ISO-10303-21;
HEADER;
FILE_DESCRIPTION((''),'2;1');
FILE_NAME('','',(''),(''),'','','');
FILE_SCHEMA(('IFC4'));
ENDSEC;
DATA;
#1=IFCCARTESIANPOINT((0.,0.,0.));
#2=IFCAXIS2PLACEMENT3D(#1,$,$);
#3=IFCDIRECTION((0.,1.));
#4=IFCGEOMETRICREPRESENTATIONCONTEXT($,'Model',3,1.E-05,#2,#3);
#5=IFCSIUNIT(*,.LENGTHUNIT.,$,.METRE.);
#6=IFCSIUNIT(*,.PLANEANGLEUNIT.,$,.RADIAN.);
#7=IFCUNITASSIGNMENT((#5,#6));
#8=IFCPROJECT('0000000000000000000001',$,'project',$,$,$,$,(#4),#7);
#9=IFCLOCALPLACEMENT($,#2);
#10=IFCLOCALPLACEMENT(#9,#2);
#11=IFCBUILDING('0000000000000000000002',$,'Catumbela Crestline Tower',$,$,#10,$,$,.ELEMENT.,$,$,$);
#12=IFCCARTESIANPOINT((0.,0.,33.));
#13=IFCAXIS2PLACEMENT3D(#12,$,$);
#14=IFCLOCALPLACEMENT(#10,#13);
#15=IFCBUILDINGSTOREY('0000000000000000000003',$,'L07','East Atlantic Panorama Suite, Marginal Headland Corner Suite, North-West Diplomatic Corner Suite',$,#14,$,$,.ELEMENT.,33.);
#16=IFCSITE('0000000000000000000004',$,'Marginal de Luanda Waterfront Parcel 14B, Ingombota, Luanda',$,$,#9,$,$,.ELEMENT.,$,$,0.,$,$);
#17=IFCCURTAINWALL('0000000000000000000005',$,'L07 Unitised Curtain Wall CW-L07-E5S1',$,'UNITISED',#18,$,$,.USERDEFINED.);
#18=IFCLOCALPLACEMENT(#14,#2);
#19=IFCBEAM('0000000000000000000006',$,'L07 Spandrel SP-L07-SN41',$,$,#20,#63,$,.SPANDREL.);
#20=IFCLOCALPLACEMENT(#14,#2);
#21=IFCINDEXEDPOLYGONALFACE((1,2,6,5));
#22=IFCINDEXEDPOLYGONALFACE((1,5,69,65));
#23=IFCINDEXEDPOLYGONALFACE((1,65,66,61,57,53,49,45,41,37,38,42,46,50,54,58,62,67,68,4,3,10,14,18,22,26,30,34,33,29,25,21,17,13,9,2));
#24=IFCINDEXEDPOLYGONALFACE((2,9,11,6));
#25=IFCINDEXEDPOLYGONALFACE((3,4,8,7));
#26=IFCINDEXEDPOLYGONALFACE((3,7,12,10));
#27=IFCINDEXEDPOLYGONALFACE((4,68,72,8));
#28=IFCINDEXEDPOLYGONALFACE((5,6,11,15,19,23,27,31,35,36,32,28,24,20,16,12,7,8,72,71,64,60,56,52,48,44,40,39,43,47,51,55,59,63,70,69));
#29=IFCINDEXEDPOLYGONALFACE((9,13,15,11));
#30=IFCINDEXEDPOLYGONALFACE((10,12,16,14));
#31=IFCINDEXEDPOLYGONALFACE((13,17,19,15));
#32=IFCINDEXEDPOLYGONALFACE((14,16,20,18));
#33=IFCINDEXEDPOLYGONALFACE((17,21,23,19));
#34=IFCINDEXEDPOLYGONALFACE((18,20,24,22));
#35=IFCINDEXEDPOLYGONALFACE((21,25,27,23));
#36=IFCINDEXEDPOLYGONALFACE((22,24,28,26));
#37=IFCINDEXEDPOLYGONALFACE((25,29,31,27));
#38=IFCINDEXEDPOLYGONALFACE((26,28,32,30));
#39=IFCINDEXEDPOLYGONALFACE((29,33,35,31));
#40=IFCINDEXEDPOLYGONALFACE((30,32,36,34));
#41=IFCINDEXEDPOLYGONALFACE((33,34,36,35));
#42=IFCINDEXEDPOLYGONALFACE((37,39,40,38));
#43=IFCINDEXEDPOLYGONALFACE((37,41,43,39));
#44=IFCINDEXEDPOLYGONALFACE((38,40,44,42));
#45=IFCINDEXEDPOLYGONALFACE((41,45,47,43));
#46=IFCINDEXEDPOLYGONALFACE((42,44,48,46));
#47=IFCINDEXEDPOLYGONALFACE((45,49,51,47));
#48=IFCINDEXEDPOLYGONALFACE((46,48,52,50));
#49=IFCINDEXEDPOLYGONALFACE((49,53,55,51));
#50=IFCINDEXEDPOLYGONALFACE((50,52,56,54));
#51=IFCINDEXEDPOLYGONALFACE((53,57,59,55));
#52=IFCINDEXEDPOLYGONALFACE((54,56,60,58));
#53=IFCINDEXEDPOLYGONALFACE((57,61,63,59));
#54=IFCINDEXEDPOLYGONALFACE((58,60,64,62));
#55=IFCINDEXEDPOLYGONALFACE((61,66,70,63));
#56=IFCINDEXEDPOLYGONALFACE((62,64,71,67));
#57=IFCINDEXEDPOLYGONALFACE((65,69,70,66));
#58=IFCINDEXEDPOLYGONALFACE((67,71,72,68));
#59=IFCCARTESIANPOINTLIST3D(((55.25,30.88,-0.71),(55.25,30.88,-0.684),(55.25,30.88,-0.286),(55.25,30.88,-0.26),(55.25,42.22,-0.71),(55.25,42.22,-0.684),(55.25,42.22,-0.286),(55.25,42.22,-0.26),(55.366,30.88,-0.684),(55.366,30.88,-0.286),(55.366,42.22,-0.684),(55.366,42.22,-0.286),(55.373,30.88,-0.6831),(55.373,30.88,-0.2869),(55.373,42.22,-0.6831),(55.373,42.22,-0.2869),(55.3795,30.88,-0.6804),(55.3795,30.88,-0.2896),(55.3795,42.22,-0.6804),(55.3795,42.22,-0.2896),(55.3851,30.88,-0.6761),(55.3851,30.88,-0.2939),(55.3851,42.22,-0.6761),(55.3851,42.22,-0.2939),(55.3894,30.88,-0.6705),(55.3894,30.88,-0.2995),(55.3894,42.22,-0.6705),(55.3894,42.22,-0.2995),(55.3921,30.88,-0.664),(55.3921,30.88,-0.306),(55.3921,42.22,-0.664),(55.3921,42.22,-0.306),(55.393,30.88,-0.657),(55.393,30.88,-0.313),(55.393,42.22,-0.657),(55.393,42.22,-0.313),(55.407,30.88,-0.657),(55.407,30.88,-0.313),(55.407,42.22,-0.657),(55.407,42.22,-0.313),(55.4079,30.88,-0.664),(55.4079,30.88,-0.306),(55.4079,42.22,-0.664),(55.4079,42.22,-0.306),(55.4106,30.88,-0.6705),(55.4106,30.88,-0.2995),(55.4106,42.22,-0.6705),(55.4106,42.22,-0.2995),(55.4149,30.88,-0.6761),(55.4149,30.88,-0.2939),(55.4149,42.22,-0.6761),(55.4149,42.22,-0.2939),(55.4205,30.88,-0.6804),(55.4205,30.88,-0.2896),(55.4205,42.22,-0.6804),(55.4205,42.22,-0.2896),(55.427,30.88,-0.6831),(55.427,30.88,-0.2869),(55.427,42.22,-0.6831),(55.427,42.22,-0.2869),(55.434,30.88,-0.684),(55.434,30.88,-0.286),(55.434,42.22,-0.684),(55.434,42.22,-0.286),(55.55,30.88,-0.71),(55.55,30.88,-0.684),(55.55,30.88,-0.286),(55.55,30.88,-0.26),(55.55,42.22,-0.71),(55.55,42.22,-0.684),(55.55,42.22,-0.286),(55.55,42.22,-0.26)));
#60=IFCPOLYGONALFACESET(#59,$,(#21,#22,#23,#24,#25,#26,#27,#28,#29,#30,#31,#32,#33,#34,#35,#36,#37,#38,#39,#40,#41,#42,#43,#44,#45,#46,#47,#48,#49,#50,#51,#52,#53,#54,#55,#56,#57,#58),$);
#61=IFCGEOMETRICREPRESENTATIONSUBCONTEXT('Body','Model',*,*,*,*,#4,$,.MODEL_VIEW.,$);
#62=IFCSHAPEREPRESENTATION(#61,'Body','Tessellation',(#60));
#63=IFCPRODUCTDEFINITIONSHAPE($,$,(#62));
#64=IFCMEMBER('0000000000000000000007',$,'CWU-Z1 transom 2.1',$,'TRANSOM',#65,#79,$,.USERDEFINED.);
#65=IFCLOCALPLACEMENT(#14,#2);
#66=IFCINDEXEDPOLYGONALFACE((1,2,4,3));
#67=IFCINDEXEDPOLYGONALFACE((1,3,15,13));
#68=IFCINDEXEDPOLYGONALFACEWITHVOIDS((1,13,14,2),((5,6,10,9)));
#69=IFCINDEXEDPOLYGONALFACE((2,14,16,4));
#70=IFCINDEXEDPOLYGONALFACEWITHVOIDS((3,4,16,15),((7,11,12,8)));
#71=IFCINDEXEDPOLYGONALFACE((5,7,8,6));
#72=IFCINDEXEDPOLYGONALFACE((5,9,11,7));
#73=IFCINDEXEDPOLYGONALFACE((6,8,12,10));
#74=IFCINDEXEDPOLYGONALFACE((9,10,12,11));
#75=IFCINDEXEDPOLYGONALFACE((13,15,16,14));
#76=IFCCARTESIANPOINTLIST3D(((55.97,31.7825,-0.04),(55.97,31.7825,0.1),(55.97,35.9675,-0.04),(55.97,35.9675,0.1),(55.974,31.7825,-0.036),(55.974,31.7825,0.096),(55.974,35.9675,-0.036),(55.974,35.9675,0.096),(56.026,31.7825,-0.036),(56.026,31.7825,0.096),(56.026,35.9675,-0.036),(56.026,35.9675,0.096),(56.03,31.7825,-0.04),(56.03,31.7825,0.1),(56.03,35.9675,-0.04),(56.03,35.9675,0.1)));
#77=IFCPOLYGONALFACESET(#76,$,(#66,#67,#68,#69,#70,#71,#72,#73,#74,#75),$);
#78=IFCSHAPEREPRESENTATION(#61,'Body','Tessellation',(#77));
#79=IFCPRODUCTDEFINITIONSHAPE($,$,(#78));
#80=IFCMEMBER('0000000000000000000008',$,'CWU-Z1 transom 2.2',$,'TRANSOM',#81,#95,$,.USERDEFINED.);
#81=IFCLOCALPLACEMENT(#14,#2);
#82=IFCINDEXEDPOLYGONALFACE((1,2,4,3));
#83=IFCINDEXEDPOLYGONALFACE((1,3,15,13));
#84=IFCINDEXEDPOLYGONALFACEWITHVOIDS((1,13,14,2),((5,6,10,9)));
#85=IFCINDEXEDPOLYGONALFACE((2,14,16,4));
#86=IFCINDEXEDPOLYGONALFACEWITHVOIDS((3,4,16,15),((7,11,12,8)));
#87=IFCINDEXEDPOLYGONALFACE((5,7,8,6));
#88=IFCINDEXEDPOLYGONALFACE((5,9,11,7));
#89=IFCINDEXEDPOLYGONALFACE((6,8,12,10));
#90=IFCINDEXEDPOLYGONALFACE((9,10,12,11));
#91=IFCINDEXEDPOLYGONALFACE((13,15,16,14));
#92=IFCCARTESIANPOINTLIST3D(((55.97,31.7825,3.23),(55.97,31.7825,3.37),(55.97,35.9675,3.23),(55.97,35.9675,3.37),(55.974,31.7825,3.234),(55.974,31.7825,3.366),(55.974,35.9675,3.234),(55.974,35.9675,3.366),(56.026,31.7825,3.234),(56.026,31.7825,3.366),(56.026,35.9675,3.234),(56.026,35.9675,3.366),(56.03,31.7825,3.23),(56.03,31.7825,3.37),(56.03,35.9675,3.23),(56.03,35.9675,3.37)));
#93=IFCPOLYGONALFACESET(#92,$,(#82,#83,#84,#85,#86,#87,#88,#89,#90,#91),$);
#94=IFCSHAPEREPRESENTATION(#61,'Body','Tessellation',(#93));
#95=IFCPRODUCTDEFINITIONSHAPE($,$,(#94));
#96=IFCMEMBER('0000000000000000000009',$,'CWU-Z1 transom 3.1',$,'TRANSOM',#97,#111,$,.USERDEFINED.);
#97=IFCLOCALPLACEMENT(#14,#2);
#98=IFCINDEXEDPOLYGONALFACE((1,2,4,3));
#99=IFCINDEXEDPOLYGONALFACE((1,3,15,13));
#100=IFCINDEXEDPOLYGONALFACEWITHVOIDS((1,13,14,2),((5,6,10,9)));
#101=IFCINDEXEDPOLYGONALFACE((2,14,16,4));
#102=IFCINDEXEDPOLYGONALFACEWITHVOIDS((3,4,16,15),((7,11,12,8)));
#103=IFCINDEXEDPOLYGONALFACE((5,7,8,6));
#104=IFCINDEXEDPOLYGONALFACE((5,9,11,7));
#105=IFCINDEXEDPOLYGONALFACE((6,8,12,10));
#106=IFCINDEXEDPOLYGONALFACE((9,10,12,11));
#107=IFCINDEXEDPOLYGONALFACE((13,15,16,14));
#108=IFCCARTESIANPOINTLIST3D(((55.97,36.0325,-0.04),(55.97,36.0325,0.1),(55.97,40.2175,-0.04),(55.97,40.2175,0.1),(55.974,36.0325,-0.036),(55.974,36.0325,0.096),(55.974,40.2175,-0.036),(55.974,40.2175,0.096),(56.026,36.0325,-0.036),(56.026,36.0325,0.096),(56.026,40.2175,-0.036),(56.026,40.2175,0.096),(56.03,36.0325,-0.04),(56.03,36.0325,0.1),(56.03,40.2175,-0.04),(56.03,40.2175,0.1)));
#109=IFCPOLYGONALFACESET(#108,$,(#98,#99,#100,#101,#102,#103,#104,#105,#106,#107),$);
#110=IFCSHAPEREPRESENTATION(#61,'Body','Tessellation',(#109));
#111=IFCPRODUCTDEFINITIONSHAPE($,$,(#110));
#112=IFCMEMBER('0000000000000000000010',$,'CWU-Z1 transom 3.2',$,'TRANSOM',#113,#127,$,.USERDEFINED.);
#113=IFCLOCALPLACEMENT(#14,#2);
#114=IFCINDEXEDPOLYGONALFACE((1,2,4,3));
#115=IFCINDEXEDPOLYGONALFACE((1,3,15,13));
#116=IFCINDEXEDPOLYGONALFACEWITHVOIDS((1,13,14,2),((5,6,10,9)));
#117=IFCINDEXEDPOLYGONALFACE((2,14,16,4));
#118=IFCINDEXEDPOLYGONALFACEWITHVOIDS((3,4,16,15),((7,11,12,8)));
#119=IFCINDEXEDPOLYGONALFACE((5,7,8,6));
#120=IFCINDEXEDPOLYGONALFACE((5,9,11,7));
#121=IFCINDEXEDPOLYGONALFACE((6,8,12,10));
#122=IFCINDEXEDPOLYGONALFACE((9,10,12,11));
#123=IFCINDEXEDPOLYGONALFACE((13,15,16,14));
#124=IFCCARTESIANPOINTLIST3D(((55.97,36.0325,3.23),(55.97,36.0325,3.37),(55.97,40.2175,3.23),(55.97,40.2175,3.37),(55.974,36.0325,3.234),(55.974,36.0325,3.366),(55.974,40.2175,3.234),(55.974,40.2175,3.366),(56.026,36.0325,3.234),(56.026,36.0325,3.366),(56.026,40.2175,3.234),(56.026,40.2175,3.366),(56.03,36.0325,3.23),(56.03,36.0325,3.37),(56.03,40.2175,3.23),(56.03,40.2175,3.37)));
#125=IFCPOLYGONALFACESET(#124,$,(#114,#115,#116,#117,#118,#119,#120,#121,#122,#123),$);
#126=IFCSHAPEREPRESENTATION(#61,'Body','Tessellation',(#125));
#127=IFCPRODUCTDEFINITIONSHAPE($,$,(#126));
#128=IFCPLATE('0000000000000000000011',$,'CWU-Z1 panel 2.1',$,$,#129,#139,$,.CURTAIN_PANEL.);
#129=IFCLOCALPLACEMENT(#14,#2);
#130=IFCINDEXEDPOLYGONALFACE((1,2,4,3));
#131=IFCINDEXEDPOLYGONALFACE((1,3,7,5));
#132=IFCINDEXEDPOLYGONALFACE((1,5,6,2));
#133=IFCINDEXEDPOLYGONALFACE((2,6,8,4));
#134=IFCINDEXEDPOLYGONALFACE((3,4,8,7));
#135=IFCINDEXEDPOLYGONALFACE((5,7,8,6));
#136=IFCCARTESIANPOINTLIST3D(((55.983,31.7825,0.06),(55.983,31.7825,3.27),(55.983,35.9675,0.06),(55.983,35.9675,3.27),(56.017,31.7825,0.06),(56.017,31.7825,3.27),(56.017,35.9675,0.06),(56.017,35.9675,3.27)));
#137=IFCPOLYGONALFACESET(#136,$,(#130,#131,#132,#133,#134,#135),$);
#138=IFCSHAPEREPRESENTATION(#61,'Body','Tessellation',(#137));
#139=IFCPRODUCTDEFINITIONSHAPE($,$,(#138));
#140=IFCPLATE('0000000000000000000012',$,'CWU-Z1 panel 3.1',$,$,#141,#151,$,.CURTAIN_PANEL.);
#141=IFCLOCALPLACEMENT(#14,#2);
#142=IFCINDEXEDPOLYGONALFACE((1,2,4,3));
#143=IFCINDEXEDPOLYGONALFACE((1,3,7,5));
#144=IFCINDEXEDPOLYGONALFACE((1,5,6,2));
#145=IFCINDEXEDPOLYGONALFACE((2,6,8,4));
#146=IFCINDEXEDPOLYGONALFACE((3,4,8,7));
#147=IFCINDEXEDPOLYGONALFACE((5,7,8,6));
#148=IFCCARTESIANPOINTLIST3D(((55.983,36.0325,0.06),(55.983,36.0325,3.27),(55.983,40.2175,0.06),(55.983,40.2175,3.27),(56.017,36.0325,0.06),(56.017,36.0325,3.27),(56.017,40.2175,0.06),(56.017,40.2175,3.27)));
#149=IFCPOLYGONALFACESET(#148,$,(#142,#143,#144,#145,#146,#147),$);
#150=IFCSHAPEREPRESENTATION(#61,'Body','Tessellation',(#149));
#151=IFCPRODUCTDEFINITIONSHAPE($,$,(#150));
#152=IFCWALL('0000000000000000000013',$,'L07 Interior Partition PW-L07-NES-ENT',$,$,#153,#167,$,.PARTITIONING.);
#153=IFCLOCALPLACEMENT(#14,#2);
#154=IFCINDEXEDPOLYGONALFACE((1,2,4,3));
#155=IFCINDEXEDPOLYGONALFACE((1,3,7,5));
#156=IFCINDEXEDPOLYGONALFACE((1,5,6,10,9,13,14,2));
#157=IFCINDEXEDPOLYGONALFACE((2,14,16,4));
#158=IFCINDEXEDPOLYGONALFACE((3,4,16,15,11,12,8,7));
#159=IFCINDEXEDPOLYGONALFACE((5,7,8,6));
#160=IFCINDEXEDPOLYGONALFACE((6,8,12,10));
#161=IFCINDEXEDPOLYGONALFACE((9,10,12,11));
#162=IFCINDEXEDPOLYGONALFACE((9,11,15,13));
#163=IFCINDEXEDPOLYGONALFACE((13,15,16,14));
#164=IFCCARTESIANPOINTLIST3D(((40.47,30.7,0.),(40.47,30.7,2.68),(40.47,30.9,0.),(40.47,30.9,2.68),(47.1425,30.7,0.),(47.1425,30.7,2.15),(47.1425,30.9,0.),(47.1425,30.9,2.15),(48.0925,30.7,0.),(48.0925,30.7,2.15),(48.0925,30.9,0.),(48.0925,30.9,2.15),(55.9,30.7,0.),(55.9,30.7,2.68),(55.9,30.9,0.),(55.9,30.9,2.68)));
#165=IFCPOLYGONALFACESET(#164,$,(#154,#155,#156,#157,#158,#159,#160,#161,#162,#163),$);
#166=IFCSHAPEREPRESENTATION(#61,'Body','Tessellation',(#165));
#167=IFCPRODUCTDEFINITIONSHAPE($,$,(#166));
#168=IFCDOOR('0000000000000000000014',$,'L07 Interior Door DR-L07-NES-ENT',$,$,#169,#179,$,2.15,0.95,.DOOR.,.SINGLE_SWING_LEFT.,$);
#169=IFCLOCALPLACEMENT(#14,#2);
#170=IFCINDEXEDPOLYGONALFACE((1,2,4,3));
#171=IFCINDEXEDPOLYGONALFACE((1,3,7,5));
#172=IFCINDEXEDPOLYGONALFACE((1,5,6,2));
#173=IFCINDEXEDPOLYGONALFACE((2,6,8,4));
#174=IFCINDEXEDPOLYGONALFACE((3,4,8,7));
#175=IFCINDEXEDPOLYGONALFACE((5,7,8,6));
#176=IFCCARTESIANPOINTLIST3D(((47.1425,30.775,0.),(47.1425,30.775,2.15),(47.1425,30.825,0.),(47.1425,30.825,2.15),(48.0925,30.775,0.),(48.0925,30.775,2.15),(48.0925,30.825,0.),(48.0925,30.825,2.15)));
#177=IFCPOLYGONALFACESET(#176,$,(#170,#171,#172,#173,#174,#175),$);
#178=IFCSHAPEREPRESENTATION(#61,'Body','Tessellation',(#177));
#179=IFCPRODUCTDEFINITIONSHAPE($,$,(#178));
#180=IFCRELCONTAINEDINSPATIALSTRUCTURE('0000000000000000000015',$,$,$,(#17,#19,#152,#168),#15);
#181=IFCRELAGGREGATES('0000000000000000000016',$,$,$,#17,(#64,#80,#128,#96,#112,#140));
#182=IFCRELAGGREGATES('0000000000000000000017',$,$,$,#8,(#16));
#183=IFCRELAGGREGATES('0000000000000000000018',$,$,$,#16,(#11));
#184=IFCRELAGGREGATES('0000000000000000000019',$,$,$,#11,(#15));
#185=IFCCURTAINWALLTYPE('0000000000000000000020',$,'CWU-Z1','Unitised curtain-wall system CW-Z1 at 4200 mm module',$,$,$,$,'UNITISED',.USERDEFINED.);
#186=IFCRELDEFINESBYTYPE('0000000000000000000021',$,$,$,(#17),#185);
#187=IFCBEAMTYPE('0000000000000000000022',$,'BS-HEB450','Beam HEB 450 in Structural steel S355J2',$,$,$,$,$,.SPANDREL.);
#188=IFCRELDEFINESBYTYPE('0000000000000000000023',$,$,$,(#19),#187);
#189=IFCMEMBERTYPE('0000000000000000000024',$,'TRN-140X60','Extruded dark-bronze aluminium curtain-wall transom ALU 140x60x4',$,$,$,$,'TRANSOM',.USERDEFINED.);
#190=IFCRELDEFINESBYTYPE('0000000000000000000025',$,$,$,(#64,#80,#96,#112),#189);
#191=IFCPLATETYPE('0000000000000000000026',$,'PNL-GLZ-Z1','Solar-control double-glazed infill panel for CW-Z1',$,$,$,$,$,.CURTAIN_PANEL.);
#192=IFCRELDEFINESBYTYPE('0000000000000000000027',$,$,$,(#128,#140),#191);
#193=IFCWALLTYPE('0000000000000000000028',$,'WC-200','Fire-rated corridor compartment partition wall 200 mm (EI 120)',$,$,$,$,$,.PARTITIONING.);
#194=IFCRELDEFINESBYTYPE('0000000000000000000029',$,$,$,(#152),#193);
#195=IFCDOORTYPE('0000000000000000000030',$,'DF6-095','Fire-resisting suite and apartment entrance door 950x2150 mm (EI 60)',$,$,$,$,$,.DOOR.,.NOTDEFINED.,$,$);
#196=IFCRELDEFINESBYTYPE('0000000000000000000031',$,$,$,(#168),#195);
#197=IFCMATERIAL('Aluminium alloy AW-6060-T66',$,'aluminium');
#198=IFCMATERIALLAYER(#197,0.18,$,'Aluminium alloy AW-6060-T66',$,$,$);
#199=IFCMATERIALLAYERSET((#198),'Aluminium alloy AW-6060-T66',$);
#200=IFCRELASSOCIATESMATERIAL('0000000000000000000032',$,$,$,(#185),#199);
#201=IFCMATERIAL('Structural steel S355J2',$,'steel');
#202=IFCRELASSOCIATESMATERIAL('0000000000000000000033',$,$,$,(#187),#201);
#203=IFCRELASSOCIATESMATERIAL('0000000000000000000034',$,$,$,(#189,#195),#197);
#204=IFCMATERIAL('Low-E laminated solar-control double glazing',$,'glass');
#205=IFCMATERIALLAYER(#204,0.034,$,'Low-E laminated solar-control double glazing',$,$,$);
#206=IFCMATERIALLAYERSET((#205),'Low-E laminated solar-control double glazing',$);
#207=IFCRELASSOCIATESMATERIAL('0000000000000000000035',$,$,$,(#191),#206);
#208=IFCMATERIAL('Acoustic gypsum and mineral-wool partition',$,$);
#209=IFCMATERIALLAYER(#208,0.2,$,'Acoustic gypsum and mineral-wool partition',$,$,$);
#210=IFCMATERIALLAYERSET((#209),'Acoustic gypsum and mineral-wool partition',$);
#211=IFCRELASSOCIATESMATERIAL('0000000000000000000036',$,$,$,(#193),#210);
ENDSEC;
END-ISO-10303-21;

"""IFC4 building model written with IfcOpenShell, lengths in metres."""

from ifc_helpers import new_model, si_unit, direction, frame, frame_2d, origin, origin_2d, place, context, subcontext, project, spatial, rectangle, hollow_rectangle, i_section, extrude, material, layer, layer_set, material_profile, profile_set, type_object, element, fill, aggregate, save


model = new_model("IFC4")

# Units and contexts
model_context = context("Model", 3, precision=1e-05, world=origin(), true_north=direction((0.0, 1.0)))
body_context = subcontext(model_context, "Body", "Model", "MODEL_VIEW")
ifc_project = project(units=[si_unit("LENGTHUNIT", "METRE"), si_unit("PLANEANGLEUNIT", "RADIAN")], contexts=[model_context])

# Site, building, storey
site_placement = place(None, origin())
site = spatial("IfcSite", under=ifc_project, at=site_placement, Name="Marginal de Luanda Waterfront Parcel 14B, Ingombota, Luanda", CompositionType="ELEMENT", RefElevation=0.0)
building_placement = place(site_placement, origin())
building = spatial("IfcBuilding", under=site, at=building_placement, Name="Catumbela Crestline Tower", CompositionType="ELEMENT")
storey_placement = place(building_placement, frame((0.0, 0.0, 33.0)))
storey = spatial("IfcBuildingStorey", under=building, at=storey_placement, Name="L07", Description="East Atlantic Panorama Suite, Marginal Headland Corner Suite, North-West Diplomatic Corner Suite", CompositionType="ELEMENT", Elevation=33.0)

# Shared definitions
ifc_material_1 = material(Name="Structural steel S355J2", Category="steel")

# Curtain wall
ifc_material_2 = material(Name="Aluminium alloy AW-6060-T66", Category="aluminium")
ifc_layer_1 = layer(ifc_material_2, 0.18, Name="Aluminium alloy AW-6060-T66")
ifc_layer_set_1 = layer_set([ifc_layer_1], Name="Aluminium alloy AW-6060-T66")
curtain_wall_type = type_object("IfcCurtainWallType", Name="CWU-Z1", Description="Unitised curtain-wall system CW-Z1 at 4200 mm module", ElementType="UNITISED", PredefinedType="USERDEFINED", material=ifc_layer_set_1)
curtain_wall_placement = place(storey_placement, origin())
curtain_wall = element("IfcCurtainWall", 1, at=curtain_wall_placement, inside=storey, type_object=curtain_wall_type, Name="L07 Unitised Curtain Wall CW-L07-E5S1", ObjectType="UNITISED", PredefinedType="USERDEFINED")

# Beam
ifc_material_profile_1 = material_profile(ifc_material_1, i_section(OverallWidth=0.3, OverallDepth=0.45, WebThickness=0.014, FlangeThickness=0.026, FilletRadius=0.027, at=origin_2d()), Name="HEB 450")
ifc_profile_set_1 = profile_set([ifc_material_profile_1], Name="Structural steel S355J2")
beam_type_1 = type_object("IfcBeamType", Name="BS-HEB450", Description="Beam HEB 450 in Structural steel S355J2", PredefinedType="SPANDREL", material=ifc_profile_set_1)
beam_1_placement = place(storey_placement, frame((55.4, 30.88, -0.485), z_axis=(0.0, 1.0, 0.0), x_axis=(-1.0, 0.0, 0.0)))
element("IfcBeam", 2, at=beam_1_placement, inside=storey, type_object=beam_type_1, Name="L07 Spandrel SP-L07-SN41", PredefinedType="SPANDREL", context=body_context, shape_type="SweptSolid", body=[
    extrude(i_section(OverallWidth=0.3, OverallDepth=0.45, WebThickness=0.014, FlangeThickness=0.026, FilletRadius=0.027, at=origin_2d()), origin(), (0.0, 0.0, 1.0), 11.34),
])

# Members
ifc_material_profile_2 = material_profile(ifc_material_2, hollow_rectangle(XDim=0.06, YDim=0.14, WallThickness=0.004, at=origin_2d()), Name="ALU 140x60x4")
ifc_profile_set_2 = profile_set([ifc_material_profile_2], Name="Aluminium alloy AW-6060-T66")
member_type_1 = type_object("IfcMemberType", Name="TRN-140X60", Description="Extruded dark-bronze aluminium curtain-wall transom ALU 140x60x4", ElementType="TRANSOM", PredefinedType="USERDEFINED", material=ifc_profile_set_2)
member_1_placement = place(storey_placement, frame((56.0, 31.7825, 0.03), z_axis=(0.0, 1.0, 0.0), x_axis=(-1.0, 0.0, 0.0)))
member_1 = element("IfcMember", 3, at=member_1_placement, type_object=member_type_1, Name="CWU-Z1 transom 2.1", ObjectType="TRANSOM", PredefinedType="USERDEFINED", context=body_context, shape_type="SweptSolid", body=[
    extrude(hollow_rectangle(XDim=0.06, YDim=0.14, WallThickness=0.004, at=origin_2d()), origin(), (0.0, 0.0, 1.0), 4.185),
])
member_2_placement = place(storey_placement, frame((56.0, 31.7825, 3.3), z_axis=(0.0, 1.0, 0.0), x_axis=(-1.0, 0.0, 0.0)))
member_2 = element("IfcMember", 4, at=member_2_placement, type_object=member_type_1, Name="CWU-Z1 transom 2.2", ObjectType="TRANSOM", PredefinedType="USERDEFINED", context=body_context, shape_type="SweptSolid", body=[
    extrude(hollow_rectangle(XDim=0.06, YDim=0.14, WallThickness=0.004, at=origin_2d()), origin(), (0.0, 0.0, 1.0), 4.185),
])
member_3_placement = place(storey_placement, frame((56.0, 36.0325, 0.03), z_axis=(0.0, 1.0, 0.0), x_axis=(-1.0, 0.0, 0.0)))
member_3 = element("IfcMember", 5, at=member_3_placement, type_object=member_type_1, Name="CWU-Z1 transom 3.1", ObjectType="TRANSOM", PredefinedType="USERDEFINED", context=body_context, shape_type="SweptSolid", body=[
    extrude(hollow_rectangle(XDim=0.06, YDim=0.14, WallThickness=0.004, at=origin_2d()), origin(), (0.0, 0.0, 1.0), 4.185),
])
member_4_placement = place(storey_placement, frame((56.0, 36.0325, 3.3), z_axis=(0.0, 1.0, 0.0), x_axis=(-1.0, 0.0, 0.0)))
member_4 = element("IfcMember", 6, at=member_4_placement, type_object=member_type_1, Name="CWU-Z1 transom 3.2", ObjectType="TRANSOM", PredefinedType="USERDEFINED", context=body_context, shape_type="SweptSolid", body=[
    extrude(hollow_rectangle(XDim=0.06, YDim=0.14, WallThickness=0.004, at=origin_2d()), origin(), (0.0, 0.0, 1.0), 4.185),
])

# Plates
ifc_material_3 = material(Name="Low-E laminated solar-control double glazing", Category="glass")
ifc_layer_2 = layer(ifc_material_3, 0.034, Name="Low-E laminated solar-control double glazing")
ifc_layer_set_2 = layer_set([ifc_layer_2], Name="Low-E laminated solar-control double glazing")
plate_type = type_object("IfcPlateType", Name="PNL-GLZ-Z1", Description="Solar-control double-glazed infill panel for CW-Z1", PredefinedType="CURTAIN_PANEL", material=ifc_layer_set_2)
plate_1_placement = place(storey_placement, frame((56.0, 33.875, 0.06), z_axis=(0.0, 0.0, 1.0), x_axis=(0.0, 1.0, 0.0)))
plate_1 = element("IfcPlate", 7, at=plate_1_placement, type_object=plate_type, Name="CWU-Z1 panel 2.1", PredefinedType="CURTAIN_PANEL", context=body_context, shape_type="SweptSolid", body=[
    extrude(rectangle(XDim=4.185, YDim=0.034, at=origin_2d()), origin(), (0.0, 0.0, 1.0), 3.21),
])
plate_2_placement = place(storey_placement, frame((56.0, 38.125, 0.06), z_axis=(0.0, 0.0, 1.0), x_axis=(0.0, 1.0, 0.0)))
plate_2 = element("IfcPlate", 8, at=plate_2_placement, type_object=plate_type, Name="CWU-Z1 panel 3.1", PredefinedType="CURTAIN_PANEL", context=body_context, shape_type="SweptSolid", body=[
    extrude(rectangle(XDim=4.185, YDim=0.034, at=origin_2d()), origin(), (0.0, 0.0, 1.0), 3.21),
])
aggregate(curtain_wall, [member_1, member_2, plate_1, member_3, member_4, plate_2])

# Wall, opening, door
ifc_material_4 = material(Name="Acoustic gypsum and mineral-wool partition")
ifc_layer_3 = layer(ifc_material_4, 0.2, Name="Acoustic gypsum and mineral-wool partition")
ifc_layer_set_3 = layer_set([ifc_layer_3], Name="Acoustic gypsum and mineral-wool partition")
wall_type_1 = type_object("IfcWallType", Name="WC-200", Description="Fire-rated corridor compartment partition wall 200 mm (EI 120)", PredefinedType="PARTITIONING", material=ifc_layer_set_3)
wall_1_placement = place(storey_placement, frame((40.47, 30.8, 0.0), z_axis=(0.0, 0.0, 1.0), x_axis=(1.0, 0.0, 0.0)))
wall_1 = element("IfcWall", 9, at=wall_1_placement, inside=storey, type_object=wall_type_1, Name="L07 Interior Partition PW-L07-NES-ENT", PredefinedType="PARTITIONING", context=body_context, shape_type="SweptSolid", body=[
    extrude(rectangle(XDim=15.43, YDim=0.2, at=frame_2d((7.715, 0.0))), origin(), (0.0, 0.0, 1.0), 2.68),
])
opening_1_placement = place(wall_1_placement, frame((6.6725, 0.0, 0.0)))
opening_1 = element("IfcOpeningElement", 10, at=opening_1_placement, cuts=wall_1, PredefinedType="OPENING", context=body_context, shape_type="SweptSolid", body=[
    extrude(rectangle(XDim=0.95, YDim=2.15, at=frame_2d((0.475, 1.075))), frame((0.0, 0.11, 0.0), z_axis=(0.0, -1.0, 0.0), x_axis=(1.0, 0.0, 0.0)), (0.0, 0.0, 1.0), 0.22),
])
door_type_1 = type_object("IfcDoorType", Name="DF6-095", Description="Fire-resisting suite and apartment entrance door 950x2150 mm (EI 60)", OperationType="NOTDEFINED", PredefinedType="DOOR", material=ifc_material_2)
door_1_placement = place(opening_1_placement, origin())
door_1 = element("IfcDoor", 11, at=door_1_placement, inside=storey, type_object=door_type_1, Name="L07 Interior Door DR-L07-NES-ENT", OperationType="SINGLE_SWING_LEFT", OverallHeight=2.15, OverallWidth=0.95, PredefinedType="DOOR", context=body_context, shape_type="SweptSolid", body=[
    extrude(rectangle(XDim=0.95, YDim=2.15, at=frame_2d((0.475, 1.075))), frame((0.0, 0.025, 0.0), z_axis=(0.0, -1.0, 0.0), x_axis=(1.0, 0.0, 0.0)), (0.0, 0.0, 1.0), 0.05),
])
fill(opening_1, door_1)

save(model, "model.ifc")
